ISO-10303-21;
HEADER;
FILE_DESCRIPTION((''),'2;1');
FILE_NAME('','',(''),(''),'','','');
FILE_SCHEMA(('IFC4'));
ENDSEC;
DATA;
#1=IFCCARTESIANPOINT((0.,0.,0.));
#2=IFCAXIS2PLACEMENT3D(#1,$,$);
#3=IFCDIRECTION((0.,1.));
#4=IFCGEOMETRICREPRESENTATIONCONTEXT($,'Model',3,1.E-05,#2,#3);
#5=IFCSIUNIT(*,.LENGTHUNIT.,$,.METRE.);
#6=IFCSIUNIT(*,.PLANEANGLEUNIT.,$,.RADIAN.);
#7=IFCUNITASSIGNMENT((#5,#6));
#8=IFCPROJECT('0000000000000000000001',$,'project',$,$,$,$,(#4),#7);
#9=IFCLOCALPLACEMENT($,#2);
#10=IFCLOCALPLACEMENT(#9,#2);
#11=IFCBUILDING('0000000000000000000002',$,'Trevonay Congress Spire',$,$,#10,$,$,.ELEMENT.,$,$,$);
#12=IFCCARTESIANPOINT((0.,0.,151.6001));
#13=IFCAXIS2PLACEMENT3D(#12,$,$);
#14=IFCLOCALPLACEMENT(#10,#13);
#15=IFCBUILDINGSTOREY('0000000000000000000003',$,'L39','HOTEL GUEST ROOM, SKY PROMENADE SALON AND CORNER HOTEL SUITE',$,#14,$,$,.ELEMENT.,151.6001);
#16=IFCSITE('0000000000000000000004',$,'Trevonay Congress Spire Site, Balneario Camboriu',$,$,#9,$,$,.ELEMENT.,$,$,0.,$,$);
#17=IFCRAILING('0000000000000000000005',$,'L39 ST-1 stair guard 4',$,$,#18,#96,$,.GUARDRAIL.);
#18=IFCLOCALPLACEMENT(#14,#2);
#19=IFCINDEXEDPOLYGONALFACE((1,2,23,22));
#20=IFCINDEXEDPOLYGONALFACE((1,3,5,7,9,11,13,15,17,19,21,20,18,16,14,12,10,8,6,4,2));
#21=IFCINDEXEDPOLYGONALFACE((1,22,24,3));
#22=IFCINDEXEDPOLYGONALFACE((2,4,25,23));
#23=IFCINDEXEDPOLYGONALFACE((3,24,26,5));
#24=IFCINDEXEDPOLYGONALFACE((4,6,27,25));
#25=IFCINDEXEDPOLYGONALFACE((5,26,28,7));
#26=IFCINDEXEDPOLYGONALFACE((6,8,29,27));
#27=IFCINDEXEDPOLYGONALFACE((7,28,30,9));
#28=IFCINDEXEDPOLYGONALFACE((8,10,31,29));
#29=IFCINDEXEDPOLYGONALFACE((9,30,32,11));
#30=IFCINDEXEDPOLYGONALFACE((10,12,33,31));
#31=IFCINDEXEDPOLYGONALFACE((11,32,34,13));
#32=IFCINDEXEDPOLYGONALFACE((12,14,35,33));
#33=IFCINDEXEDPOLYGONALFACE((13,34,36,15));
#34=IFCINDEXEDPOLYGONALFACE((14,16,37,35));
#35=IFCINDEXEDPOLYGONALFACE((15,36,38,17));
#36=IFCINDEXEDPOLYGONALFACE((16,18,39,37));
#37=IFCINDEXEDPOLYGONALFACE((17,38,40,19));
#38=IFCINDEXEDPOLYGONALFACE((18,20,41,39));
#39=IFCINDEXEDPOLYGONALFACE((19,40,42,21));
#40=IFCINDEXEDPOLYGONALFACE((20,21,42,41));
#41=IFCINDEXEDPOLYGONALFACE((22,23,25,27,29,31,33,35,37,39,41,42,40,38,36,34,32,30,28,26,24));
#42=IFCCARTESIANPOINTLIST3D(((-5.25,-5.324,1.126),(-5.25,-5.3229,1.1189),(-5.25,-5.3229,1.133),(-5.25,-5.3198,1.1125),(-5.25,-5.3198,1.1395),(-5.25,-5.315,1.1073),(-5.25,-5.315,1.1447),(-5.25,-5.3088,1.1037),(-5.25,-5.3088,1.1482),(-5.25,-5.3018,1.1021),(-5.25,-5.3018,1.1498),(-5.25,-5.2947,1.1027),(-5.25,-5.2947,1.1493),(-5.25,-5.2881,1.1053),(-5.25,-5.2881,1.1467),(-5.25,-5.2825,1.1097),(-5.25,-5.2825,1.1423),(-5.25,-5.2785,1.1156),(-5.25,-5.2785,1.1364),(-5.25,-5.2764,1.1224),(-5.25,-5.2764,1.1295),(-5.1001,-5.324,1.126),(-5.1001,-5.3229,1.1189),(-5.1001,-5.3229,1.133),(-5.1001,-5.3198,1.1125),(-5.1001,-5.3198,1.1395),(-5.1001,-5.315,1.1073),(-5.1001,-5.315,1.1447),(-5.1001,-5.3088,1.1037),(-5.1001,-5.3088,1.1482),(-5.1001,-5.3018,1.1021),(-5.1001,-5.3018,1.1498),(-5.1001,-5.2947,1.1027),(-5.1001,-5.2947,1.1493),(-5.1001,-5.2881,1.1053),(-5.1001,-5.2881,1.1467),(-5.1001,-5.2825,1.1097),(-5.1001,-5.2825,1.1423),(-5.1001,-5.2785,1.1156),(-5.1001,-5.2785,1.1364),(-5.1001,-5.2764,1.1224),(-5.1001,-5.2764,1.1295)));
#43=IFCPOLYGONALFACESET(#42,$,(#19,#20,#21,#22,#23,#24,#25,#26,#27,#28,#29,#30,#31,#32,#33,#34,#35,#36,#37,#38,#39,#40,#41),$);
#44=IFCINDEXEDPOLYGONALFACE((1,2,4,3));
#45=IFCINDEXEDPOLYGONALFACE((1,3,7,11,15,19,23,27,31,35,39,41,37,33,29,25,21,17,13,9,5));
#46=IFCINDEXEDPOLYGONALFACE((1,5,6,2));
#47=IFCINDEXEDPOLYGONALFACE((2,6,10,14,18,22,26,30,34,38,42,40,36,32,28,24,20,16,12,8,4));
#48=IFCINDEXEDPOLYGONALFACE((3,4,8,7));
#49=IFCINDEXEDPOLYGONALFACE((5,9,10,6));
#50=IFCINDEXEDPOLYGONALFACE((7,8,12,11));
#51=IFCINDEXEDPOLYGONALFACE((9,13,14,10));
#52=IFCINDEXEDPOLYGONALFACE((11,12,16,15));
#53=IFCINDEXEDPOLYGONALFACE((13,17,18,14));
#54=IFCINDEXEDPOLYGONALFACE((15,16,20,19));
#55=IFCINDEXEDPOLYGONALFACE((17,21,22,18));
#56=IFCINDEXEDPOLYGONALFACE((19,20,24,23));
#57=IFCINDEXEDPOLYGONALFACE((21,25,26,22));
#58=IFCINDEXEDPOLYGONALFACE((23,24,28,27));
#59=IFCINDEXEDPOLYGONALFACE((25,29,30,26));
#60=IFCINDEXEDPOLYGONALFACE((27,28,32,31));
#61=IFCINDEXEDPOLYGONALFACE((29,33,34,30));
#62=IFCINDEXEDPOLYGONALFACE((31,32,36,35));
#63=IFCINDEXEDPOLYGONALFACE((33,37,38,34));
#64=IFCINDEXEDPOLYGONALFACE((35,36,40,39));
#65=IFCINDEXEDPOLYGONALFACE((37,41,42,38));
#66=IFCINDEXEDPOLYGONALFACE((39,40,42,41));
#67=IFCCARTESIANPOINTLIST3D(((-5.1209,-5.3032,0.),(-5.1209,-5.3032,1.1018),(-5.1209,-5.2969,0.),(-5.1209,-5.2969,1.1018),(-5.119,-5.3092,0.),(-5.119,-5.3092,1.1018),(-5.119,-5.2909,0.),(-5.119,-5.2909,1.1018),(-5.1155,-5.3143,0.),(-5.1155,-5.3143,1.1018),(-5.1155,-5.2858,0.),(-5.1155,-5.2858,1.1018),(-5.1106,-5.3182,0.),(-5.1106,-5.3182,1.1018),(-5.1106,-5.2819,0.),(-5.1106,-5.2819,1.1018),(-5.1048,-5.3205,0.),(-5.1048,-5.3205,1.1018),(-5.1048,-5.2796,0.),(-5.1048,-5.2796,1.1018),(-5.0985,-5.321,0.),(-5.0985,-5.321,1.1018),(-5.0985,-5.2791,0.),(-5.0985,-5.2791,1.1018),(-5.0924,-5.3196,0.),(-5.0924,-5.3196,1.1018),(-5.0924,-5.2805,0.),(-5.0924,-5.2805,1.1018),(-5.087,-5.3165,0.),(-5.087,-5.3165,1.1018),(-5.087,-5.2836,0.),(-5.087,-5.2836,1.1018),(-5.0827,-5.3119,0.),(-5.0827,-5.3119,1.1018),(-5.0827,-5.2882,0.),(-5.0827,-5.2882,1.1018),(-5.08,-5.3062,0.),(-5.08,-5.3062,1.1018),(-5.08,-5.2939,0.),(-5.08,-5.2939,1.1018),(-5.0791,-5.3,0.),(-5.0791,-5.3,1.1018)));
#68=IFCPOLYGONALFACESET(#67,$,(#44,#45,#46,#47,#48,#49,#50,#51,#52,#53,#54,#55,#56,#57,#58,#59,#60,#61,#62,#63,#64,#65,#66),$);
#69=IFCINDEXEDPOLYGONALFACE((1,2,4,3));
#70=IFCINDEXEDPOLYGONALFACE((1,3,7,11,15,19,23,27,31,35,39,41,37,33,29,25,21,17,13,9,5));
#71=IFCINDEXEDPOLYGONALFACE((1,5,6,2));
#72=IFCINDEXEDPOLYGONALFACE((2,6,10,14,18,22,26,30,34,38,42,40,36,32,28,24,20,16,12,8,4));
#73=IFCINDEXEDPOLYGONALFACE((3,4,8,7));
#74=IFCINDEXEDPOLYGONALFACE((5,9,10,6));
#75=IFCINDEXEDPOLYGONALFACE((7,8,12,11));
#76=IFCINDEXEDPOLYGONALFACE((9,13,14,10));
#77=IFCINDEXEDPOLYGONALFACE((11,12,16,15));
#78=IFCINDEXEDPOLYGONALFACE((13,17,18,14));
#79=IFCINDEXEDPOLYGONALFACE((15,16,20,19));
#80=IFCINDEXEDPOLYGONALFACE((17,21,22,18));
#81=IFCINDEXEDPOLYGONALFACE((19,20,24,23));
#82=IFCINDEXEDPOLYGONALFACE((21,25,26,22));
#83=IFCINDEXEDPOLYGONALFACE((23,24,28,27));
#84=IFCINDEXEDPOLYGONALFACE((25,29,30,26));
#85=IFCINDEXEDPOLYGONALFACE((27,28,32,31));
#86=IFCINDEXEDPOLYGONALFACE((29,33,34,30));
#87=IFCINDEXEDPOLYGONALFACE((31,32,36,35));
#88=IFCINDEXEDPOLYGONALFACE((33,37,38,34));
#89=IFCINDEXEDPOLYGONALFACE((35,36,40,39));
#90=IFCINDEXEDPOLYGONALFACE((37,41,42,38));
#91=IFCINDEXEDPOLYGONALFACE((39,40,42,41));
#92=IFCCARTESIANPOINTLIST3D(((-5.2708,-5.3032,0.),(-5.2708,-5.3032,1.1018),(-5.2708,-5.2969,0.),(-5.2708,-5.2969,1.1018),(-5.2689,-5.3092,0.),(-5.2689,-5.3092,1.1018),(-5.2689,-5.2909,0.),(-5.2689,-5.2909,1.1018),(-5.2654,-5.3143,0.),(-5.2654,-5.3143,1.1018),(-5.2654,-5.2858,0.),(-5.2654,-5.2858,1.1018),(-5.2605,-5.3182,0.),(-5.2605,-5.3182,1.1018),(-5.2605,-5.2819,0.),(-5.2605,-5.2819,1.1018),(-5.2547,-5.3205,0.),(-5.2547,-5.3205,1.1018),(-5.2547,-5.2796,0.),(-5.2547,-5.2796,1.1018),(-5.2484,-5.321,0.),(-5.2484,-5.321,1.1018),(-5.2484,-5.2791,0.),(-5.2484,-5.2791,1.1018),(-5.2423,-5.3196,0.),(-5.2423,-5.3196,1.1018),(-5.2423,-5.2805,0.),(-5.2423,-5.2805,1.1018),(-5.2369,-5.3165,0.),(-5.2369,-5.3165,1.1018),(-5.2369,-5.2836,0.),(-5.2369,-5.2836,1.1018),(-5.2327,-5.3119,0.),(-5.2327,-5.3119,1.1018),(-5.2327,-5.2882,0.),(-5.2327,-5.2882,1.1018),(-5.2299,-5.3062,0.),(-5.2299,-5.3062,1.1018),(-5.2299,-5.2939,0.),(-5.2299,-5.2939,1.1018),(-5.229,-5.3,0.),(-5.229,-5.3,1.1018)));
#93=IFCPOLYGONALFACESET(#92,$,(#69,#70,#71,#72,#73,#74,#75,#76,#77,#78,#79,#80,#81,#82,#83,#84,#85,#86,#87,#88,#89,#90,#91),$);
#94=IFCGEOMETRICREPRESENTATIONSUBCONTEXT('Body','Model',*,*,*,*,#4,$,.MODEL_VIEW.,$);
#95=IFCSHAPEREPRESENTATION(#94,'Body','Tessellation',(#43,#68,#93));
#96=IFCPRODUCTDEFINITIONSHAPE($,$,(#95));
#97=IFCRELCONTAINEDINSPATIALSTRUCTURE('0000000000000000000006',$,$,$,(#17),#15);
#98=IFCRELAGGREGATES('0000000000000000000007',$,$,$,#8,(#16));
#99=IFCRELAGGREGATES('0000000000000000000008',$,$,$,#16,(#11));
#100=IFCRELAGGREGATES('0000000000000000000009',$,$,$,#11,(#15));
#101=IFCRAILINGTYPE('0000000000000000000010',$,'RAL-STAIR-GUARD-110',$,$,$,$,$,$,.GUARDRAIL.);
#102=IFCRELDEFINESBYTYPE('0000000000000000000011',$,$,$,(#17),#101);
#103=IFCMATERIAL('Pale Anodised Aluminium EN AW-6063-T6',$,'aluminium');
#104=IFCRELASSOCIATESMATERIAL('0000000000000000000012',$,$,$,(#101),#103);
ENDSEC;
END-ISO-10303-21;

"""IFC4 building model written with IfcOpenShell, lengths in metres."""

from ifc_helpers import new_model, si_unit, direction, frame, origin, origin_2d, place, context, subcontext, project, spatial, circle, extrude, material, type_object, element, save


model = new_model("IFC4")

# Units and contexts
model_context = context("Model", 3, precision=1e-05, world=origin(), true_north=direction((0.0, 1.0)))
body_context = subcontext(model_context, "Body", "Model", "MODEL_VIEW")
ifc_project = project(units=[si_unit("LENGTHUNIT", "METRE"), si_unit("PLANEANGLEUNIT", "RADIAN")], contexts=[model_context])

# Site, building, storey
site_placement = place(None, origin())
site = spatial("IfcSite", under=ifc_project, at=site_placement, Name="Trevonay Congress Spire Site, Balneario Camboriu", CompositionType="ELEMENT", RefElevation=0.0)
building_placement = place(site_placement, origin())
building = spatial("IfcBuilding", under=site, at=building_placement, Name="Trevonay Congress Spire", CompositionType="ELEMENT")
storey_placement = place(building_placement, frame((0.0, 0.0, 151.6001)))
storey = spatial("IfcBuildingStorey", under=building, at=storey_placement, Name="L39", Description="HOTEL GUEST ROOM, SKY PROMENADE SALON AND CORNER HOTEL SUITE", CompositionType="ELEMENT", Elevation=151.6001)

# Shared definitions
ifc_material_1 = material(Name="Pale Anodised Aluminium EN AW-6063-T6", Category="aluminium")

# Railing
railing_type_1 = type_object("IfcRailingType", Name="RAL-STAIR-GUARD-110", PredefinedType="GUARDRAIL", material=ifc_material_1)
railing_1_placement = place(storey_placement, frame((-5.1001, -5.3, 0.0)))
element("IfcRailing", 1, at=railing_1_placement, inside=storey, type_object=railing_type_1, Name="L39 ST-1 stair guard 4", PredefinedType="GUARDRAIL", context=body_context, shape_type="SweptSolid", body=[
    extrude(circle(Radius=0.0239, at=origin_2d()), frame((0.0, 0.0, 1.126), z_axis=(-1.0, 0.0, 0.0), x_axis=(0.0, -1.0, 0.0)), (0.0, 0.0, 1.0), 0.1499),
    extrude(circle(Radius=0.021, at=origin_2d()), origin(), (0.0, 0.0, 1.0), 1.1018),
    extrude(circle(Radius=0.021, at=origin_2d()), frame((-0.1499, 0.0, 0.0)), (0.0, 0.0, 1.0), 1.1018),
])

save(model, "model.ifc")
